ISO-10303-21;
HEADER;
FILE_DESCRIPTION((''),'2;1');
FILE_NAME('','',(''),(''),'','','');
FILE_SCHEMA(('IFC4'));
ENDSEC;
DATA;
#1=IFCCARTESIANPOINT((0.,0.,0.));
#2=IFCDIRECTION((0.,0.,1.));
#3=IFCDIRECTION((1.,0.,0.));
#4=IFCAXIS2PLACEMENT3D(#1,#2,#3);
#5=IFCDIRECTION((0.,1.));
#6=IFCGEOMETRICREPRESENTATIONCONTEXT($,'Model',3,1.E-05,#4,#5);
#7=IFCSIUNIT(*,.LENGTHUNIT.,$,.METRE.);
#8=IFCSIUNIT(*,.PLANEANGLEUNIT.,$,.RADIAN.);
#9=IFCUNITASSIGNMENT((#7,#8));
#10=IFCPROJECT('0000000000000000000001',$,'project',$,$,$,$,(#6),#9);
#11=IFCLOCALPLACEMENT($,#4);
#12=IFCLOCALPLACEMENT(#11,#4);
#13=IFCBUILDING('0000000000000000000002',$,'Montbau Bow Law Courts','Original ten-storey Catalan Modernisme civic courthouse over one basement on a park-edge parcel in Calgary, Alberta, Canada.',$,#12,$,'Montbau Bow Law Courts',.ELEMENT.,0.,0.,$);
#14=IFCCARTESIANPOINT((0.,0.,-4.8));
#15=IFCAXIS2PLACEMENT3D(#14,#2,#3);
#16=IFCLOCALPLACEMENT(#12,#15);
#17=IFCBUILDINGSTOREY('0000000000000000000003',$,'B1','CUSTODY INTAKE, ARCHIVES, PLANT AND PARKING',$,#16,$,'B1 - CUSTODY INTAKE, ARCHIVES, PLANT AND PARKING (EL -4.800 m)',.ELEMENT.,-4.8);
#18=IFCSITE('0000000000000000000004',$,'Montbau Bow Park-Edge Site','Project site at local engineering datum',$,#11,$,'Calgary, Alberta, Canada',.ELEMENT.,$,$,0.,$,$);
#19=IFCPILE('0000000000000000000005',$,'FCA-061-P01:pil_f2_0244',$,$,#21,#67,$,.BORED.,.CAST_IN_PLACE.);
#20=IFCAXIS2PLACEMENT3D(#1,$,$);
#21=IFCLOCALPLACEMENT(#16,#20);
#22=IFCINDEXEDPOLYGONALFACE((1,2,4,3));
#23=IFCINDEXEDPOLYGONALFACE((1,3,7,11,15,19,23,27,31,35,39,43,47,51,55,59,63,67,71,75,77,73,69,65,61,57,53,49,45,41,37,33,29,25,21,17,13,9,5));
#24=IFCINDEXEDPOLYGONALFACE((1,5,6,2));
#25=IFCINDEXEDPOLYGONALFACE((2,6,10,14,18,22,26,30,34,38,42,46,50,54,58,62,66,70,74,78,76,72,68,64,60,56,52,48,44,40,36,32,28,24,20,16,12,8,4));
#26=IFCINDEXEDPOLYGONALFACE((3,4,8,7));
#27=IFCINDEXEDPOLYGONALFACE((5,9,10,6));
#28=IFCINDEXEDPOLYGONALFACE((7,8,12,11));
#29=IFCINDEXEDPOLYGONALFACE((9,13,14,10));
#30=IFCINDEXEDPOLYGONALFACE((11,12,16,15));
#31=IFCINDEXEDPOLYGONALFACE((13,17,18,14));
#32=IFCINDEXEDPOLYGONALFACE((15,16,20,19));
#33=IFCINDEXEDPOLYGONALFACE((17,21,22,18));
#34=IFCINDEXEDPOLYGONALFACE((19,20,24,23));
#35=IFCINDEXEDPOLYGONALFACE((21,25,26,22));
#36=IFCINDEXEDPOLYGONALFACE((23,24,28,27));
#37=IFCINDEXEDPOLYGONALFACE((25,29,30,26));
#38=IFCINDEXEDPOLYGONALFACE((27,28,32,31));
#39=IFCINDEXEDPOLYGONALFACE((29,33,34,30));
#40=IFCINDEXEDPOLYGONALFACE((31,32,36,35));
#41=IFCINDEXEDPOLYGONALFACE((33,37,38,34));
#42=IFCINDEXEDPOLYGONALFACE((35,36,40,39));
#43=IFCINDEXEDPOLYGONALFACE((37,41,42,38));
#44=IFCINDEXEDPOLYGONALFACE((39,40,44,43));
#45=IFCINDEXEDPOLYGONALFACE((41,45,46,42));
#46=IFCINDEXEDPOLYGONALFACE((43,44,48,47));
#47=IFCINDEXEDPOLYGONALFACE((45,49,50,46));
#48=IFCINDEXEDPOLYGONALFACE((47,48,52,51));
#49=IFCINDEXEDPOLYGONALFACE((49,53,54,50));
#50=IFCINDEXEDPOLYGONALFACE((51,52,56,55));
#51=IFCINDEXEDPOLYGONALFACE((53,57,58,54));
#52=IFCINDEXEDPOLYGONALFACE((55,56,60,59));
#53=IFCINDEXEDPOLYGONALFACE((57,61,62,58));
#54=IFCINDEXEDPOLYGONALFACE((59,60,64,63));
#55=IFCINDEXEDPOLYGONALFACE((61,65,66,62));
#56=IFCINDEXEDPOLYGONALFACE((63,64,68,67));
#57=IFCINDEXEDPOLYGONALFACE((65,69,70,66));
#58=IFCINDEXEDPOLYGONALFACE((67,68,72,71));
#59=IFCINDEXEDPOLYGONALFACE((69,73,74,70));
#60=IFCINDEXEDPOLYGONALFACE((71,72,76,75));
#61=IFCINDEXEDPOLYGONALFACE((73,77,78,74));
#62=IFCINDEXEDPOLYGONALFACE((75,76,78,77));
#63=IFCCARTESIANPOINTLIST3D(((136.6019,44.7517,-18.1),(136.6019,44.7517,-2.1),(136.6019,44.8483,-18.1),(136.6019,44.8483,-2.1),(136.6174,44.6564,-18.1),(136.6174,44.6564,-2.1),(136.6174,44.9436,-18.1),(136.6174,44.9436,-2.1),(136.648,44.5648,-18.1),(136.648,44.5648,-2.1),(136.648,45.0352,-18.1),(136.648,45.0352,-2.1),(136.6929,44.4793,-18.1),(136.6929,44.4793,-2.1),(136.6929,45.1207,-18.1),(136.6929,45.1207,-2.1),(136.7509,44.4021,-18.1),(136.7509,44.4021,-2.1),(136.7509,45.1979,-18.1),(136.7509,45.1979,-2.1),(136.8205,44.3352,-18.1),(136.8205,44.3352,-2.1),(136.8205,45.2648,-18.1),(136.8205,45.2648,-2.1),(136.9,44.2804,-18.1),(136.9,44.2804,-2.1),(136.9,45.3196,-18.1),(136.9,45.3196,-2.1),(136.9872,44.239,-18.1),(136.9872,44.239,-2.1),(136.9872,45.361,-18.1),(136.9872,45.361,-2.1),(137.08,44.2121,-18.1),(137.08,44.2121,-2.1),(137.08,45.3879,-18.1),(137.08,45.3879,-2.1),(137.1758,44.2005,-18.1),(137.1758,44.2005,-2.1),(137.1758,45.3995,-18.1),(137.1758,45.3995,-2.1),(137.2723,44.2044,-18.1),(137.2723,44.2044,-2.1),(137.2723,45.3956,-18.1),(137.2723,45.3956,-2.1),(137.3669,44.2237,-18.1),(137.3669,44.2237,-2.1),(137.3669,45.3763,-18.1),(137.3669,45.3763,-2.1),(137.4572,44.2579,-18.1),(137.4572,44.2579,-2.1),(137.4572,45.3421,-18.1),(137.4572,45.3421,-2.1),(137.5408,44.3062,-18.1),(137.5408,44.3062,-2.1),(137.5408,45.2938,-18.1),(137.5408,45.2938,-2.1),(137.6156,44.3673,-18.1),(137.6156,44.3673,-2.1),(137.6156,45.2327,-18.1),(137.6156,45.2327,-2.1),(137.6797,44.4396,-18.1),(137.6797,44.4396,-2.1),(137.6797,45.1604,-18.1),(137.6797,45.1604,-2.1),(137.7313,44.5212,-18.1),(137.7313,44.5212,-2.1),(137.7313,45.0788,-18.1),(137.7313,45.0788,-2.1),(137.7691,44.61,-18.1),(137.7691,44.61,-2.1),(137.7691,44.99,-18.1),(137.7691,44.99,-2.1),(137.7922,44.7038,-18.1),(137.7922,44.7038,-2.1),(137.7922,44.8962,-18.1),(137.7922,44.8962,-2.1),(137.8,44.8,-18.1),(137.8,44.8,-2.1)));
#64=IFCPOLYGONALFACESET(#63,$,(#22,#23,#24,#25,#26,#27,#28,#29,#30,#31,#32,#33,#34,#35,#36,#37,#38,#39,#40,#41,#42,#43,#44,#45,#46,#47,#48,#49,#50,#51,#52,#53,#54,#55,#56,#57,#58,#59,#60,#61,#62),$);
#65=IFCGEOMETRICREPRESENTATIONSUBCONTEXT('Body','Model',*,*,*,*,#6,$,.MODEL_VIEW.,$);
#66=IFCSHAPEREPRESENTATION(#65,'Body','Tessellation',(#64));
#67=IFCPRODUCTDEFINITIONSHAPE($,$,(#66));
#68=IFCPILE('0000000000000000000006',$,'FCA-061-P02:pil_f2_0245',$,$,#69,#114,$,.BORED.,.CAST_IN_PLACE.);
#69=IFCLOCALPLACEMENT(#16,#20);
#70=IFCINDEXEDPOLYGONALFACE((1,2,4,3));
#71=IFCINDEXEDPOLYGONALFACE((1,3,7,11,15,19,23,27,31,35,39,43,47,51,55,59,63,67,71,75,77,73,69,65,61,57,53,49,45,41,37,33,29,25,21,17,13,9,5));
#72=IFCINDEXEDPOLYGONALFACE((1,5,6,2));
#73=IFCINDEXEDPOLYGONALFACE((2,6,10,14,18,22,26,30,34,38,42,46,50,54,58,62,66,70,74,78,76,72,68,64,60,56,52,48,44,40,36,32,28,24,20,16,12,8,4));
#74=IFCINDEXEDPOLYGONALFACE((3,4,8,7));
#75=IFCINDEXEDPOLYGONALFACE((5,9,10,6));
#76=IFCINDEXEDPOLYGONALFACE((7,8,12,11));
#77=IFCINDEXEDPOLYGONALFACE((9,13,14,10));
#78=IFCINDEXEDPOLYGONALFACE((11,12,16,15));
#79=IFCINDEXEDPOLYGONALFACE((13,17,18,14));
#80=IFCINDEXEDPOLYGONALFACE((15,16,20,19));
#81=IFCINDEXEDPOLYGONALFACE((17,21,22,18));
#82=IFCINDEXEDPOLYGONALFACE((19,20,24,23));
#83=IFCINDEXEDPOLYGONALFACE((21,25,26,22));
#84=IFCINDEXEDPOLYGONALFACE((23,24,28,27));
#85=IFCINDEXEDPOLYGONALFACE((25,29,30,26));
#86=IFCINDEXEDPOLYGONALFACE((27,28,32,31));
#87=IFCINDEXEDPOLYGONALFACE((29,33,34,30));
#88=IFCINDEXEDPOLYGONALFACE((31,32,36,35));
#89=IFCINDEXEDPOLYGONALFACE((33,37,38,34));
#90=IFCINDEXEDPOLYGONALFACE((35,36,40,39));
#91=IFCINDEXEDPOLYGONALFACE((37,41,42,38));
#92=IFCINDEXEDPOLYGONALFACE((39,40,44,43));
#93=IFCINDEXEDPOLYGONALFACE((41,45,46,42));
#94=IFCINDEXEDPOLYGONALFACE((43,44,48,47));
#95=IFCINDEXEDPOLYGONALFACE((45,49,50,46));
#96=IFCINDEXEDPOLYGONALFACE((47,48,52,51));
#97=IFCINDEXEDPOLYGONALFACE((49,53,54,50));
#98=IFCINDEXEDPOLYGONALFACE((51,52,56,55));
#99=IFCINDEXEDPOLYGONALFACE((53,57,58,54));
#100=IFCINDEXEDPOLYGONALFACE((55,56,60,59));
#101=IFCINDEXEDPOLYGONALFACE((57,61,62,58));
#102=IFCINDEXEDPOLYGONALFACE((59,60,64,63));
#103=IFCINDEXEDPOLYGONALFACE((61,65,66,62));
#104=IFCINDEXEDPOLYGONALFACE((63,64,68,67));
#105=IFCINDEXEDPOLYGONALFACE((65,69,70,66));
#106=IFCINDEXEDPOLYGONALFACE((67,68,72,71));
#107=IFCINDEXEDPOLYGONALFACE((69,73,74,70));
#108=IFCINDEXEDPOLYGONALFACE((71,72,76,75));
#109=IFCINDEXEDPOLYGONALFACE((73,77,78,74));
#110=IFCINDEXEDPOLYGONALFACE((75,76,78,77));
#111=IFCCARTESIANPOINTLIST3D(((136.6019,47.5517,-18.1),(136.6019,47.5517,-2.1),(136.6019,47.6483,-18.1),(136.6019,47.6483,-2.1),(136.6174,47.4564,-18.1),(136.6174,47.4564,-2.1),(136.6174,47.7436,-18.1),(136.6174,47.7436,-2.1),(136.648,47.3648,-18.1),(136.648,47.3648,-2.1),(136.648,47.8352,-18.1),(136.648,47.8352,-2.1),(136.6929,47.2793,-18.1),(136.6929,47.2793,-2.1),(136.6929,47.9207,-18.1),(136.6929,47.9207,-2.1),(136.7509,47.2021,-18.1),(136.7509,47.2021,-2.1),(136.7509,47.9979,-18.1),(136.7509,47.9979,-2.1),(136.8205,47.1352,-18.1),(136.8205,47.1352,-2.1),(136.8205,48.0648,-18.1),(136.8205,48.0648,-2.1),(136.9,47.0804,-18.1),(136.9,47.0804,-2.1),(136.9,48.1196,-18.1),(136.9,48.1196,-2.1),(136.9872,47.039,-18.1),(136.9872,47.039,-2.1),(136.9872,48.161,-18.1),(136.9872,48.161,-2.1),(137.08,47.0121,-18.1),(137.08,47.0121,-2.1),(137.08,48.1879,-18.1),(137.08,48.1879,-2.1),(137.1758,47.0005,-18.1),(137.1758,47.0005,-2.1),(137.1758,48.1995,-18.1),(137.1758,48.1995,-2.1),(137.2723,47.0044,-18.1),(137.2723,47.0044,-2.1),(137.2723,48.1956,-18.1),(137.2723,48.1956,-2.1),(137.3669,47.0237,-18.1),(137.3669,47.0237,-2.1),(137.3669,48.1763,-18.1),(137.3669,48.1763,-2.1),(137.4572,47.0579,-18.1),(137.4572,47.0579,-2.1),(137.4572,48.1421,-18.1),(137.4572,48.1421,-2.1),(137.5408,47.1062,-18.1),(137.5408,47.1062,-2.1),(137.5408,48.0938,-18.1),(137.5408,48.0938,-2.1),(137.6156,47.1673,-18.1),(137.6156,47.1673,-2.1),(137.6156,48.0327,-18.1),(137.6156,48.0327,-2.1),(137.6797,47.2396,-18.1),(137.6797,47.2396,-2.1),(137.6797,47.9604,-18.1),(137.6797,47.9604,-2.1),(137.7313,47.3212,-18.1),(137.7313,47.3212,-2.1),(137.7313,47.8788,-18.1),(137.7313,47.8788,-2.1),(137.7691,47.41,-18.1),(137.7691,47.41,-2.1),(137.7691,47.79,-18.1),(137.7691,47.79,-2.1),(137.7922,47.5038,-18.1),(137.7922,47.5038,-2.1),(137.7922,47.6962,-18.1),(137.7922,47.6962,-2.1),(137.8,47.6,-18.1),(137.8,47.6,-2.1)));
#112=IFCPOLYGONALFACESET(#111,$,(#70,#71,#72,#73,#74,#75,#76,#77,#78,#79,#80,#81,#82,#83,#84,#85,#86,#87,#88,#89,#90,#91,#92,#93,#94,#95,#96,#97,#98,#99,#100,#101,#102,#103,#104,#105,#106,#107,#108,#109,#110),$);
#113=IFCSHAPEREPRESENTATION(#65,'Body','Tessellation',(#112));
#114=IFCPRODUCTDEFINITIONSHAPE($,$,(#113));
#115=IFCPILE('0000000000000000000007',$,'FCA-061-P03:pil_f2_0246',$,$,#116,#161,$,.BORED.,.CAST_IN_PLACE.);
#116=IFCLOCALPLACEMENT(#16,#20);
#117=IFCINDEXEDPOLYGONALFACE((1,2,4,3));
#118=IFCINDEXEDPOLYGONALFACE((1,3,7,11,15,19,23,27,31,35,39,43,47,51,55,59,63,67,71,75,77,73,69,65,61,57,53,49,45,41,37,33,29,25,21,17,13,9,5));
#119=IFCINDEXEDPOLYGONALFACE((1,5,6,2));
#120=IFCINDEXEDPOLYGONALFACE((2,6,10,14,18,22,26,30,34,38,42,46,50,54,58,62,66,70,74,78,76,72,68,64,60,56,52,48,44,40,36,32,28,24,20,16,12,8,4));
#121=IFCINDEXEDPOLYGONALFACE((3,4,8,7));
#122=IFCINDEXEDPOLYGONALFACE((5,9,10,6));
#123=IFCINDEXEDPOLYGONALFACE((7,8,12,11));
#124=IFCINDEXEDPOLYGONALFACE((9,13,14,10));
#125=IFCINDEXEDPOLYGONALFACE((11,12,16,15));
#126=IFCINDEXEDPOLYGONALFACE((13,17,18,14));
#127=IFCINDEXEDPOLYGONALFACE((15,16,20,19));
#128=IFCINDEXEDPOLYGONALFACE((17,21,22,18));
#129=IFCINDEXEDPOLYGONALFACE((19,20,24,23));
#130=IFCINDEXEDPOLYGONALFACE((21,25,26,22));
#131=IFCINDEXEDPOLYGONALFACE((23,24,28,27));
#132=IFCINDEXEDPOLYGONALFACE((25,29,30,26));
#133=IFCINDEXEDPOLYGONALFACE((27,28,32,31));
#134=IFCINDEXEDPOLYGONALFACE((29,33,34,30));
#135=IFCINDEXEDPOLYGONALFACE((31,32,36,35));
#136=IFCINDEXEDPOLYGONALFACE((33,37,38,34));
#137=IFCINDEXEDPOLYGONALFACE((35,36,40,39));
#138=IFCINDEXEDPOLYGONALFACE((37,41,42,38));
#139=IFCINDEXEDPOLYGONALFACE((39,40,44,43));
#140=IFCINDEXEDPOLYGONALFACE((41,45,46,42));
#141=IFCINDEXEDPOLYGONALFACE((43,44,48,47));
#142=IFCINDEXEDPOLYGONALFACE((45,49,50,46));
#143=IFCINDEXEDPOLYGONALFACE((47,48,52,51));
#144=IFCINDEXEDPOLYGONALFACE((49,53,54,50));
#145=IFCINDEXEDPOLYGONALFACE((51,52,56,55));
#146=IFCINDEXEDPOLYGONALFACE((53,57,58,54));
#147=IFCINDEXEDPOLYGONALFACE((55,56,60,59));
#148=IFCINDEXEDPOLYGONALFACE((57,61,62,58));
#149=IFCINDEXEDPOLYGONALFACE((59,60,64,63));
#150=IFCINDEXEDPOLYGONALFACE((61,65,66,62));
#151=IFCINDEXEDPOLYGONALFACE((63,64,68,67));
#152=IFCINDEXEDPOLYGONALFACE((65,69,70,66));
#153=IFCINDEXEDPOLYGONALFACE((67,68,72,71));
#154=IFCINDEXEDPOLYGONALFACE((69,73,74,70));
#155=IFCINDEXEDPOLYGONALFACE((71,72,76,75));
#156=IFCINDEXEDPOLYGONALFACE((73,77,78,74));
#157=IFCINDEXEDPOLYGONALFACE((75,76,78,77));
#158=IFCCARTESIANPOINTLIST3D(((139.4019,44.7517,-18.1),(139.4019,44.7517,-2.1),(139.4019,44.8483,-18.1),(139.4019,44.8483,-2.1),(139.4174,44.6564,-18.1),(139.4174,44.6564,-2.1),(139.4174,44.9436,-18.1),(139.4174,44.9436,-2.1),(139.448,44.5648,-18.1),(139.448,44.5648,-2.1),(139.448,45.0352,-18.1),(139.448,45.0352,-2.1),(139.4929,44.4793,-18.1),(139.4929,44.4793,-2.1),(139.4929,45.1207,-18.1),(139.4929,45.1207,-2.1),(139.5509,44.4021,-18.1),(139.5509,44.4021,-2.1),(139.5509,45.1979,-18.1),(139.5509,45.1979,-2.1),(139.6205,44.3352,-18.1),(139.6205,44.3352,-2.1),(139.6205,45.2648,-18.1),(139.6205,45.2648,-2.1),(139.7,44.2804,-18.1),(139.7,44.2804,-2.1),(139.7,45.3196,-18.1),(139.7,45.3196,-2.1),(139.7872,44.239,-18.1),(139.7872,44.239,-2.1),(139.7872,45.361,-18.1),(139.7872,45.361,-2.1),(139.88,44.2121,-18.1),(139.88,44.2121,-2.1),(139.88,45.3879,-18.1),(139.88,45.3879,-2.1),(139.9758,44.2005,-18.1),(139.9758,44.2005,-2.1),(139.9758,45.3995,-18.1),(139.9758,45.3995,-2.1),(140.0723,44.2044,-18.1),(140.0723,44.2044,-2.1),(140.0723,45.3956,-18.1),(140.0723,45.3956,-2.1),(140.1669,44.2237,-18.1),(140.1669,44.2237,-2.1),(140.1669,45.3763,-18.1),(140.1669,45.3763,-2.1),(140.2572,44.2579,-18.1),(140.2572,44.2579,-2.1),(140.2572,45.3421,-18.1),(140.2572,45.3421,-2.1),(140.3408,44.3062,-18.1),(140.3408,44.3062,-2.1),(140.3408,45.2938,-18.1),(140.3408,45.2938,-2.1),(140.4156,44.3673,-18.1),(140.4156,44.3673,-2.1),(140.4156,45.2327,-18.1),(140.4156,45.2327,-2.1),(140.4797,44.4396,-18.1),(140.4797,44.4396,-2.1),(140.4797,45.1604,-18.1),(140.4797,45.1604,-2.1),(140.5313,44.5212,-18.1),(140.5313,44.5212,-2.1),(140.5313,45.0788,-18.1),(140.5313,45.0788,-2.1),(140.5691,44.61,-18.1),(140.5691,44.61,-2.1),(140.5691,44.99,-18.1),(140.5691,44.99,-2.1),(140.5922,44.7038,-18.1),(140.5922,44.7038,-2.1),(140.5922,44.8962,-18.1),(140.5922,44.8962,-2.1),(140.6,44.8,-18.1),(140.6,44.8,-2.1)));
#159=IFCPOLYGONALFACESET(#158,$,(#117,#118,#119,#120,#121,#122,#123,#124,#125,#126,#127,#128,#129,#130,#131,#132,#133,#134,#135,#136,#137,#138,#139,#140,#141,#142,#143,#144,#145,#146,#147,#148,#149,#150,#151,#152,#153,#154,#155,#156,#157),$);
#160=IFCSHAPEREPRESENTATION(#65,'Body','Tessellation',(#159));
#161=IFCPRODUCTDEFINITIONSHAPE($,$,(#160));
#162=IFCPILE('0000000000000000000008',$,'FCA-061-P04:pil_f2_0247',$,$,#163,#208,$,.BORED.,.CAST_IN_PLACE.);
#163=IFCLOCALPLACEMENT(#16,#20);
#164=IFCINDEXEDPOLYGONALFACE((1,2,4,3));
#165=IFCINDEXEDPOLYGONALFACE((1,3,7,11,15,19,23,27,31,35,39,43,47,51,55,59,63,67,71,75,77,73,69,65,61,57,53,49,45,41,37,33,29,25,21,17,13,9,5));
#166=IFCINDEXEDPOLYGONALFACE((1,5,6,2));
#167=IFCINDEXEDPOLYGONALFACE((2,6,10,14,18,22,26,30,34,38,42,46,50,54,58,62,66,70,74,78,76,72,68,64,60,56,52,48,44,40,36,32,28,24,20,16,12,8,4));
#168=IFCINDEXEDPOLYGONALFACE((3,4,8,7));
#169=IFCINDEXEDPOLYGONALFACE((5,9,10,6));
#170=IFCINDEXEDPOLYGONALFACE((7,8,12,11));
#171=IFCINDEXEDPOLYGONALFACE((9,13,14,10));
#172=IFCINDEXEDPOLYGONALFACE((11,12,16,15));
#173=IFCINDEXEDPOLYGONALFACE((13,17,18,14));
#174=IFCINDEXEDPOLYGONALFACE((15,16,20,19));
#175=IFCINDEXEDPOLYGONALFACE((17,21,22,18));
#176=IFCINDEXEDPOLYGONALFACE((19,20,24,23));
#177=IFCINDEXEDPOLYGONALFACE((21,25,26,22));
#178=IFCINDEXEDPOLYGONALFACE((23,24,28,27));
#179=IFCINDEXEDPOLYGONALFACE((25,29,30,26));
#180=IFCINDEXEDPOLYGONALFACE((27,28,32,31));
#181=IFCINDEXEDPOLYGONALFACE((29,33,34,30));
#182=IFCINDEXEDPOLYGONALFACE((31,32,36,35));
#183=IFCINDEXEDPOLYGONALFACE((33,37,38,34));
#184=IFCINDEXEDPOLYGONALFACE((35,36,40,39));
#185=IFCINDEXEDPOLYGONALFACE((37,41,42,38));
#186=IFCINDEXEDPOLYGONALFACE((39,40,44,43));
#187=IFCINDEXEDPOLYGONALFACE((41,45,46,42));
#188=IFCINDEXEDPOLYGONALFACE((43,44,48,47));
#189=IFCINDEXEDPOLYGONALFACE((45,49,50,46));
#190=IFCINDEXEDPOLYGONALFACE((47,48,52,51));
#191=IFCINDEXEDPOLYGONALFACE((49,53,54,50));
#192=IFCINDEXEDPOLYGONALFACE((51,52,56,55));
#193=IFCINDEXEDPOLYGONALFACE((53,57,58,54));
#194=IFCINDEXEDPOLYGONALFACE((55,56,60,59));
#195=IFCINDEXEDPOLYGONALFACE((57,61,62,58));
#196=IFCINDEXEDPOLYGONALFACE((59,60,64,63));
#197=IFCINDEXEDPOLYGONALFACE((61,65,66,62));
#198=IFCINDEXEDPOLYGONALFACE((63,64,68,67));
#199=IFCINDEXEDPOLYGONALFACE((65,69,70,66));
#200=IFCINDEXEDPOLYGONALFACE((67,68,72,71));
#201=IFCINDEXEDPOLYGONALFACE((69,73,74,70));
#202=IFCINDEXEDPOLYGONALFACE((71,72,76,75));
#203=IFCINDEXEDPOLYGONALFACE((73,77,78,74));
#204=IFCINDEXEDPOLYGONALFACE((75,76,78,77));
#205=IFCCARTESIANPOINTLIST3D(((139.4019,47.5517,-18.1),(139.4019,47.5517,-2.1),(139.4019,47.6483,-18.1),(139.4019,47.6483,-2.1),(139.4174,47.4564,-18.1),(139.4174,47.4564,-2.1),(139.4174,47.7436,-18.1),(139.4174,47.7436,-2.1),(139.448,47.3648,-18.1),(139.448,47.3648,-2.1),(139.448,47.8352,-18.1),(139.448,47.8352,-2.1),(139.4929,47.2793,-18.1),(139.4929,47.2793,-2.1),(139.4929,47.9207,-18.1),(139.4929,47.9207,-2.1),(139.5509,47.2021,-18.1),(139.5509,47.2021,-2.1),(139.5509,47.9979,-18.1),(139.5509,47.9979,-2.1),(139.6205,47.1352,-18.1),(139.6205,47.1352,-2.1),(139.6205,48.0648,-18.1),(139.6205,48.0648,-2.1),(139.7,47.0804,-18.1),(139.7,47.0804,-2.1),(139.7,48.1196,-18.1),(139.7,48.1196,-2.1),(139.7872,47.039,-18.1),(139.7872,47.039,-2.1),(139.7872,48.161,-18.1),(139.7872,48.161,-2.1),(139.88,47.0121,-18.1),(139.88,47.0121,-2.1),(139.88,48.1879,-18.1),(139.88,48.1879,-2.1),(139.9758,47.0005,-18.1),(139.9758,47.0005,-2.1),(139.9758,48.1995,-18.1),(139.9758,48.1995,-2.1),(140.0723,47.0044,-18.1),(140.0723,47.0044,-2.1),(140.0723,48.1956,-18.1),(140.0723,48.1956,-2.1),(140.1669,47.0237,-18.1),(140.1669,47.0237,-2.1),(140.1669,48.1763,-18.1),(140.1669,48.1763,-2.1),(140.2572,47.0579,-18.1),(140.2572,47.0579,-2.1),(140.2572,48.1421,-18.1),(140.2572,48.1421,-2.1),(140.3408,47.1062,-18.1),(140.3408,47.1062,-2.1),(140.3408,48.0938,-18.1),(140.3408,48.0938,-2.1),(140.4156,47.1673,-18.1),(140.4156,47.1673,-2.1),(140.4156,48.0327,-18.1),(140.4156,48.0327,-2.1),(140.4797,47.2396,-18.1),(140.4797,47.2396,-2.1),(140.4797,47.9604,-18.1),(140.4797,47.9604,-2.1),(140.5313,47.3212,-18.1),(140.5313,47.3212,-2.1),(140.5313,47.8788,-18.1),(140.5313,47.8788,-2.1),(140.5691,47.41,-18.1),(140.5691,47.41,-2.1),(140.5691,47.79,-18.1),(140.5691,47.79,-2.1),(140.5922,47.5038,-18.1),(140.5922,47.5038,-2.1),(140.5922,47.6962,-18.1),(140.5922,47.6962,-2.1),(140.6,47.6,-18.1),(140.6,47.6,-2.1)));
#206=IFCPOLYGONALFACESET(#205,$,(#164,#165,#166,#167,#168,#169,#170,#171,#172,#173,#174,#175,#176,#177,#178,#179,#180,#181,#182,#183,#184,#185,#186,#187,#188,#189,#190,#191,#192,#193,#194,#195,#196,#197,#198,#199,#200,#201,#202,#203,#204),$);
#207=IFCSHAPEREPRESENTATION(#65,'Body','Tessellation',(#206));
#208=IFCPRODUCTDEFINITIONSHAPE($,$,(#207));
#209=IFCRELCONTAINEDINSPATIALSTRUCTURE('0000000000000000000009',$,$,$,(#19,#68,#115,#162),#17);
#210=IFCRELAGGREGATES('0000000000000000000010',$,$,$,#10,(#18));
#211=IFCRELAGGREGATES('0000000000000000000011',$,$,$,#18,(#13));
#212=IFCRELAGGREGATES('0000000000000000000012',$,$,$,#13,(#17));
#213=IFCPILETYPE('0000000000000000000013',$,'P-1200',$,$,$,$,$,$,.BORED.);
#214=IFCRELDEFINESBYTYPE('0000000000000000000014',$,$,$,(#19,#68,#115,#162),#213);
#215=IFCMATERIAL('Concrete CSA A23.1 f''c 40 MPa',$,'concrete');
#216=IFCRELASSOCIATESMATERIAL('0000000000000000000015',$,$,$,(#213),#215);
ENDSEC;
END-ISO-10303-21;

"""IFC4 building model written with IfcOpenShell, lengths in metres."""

from ifc_helpers import new_model, si_unit, direction, frame, origin_with_axes, origin_2d_with_axis, place, context, subcontext, project, spatial, circle, extrude, material, material_profile, profile_set, type_object, element, save


model = new_model("IFC4")

# Units and contexts
model_context = context("Model", 3, precision=1e-05, world=origin_with_axes(), true_north=direction((0.0, 1.0)))
body_context = subcontext(model_context, "Body", "Model", "MODEL_VIEW")
ifc_project = project(units=[si_unit("LENGTHUNIT", "METRE"), si_unit("PLANEANGLEUNIT", "RADIAN")], contexts=[model_context])

# Site, building, storey
site_placement = place(None, origin_with_axes())
site = spatial("IfcSite", under=ifc_project, at=site_placement, Name="Montbau Bow Park-Edge Site", Description="Project site at local engineering datum", LongName="Calgary, Alberta, Canada", CompositionType="ELEMENT", RefElevation=0.0)
building_placement = place(site_placement, origin_with_axes())
building = spatial("IfcBuilding", under=site, at=building_placement, Name="Montbau Bow Law Courts", Description="Original ten-storey Catalan Modernisme civic courthouse over one basement on a park-edge parcel in Calgary, Alberta, Canada.", LongName="Montbau Bow Law Courts", CompositionType="ELEMENT", ElevationOfRefHeight=0.0, ElevationOfTerrain=0.0)
storey_placement = place(building_placement, frame((0.0, 0.0, -4.8), z_axis=(0.0, 0.0, 1.0), x_axis=(1.0, 0.0, 0.0)))
storey = spatial("IfcBuildingStorey", under=building, at=storey_placement, Name="B1", Description="CUSTODY INTAKE, ARCHIVES, PLANT AND PARKING", LongName="B1 - CUSTODY INTAKE, ARCHIVES, PLANT AND PARKING (EL -4.800 m)", CompositionType="ELEMENT", Elevation=-4.8)

# Piles
ifc_material_1 = material(Name="Concrete CSA A23.1 f'c 40 MPa", Category="concrete")
ifc_material_profile_1 = material_profile(ifc_material_1, circle(Radius=0.6, at=origin_2d_with_axis()), Name="BP1200", Category="Main", Priority=0)
ifc_profile_set_1 = profile_set([ifc_material_profile_1], Name="Concrete CSA A23.1 f'c 40 MPa")
pile_type_1 = type_object("IfcPileType", Name="P-1200", PredefinedType="BORED", material=ifc_profile_set_1)
for number, where, z_axis, x_axis, name in (
    (1, (137.2, 44.8, -22.9), (0.0, 0.0, 1.0), (1.0, 0.0, 0.0), "FCA-061-P01:pil_f2_0244"),
    (2, (137.2, 47.6, -22.9), (0.0, 0.0, 1.0), (1.0, 0.0, 0.0), "FCA-061-P02:pil_f2_0245"),
    (3, (140.0, 44.8, -22.9), (0.0, 0.0, 1.0), (1.0, 0.0, 0.0), "FCA-061-P03:pil_f2_0246"),
    (4, (140.0, 47.6, -22.9), (0.0, 0.0, 1.0), (1.0, 0.0, 0.0), "FCA-061-P04:pil_f2_0247"),
):
    element("IfcPile", number, at=place(None, frame(where, z_axis=z_axis, x_axis=x_axis)), inside=storey, type_object=pile_type_1, Name=name, ConstructionType="CAST_IN_PLACE", PredefinedType="BORED", context=body_context, shape_type="SweptSolid", body=[
        extrude(circle(Radius=0.6, at=origin_2d_with_axis()), origin_with_axes(), (0.0, 0.0, 1.0), 16.0),
    ])

save(model, "model.ifc")
